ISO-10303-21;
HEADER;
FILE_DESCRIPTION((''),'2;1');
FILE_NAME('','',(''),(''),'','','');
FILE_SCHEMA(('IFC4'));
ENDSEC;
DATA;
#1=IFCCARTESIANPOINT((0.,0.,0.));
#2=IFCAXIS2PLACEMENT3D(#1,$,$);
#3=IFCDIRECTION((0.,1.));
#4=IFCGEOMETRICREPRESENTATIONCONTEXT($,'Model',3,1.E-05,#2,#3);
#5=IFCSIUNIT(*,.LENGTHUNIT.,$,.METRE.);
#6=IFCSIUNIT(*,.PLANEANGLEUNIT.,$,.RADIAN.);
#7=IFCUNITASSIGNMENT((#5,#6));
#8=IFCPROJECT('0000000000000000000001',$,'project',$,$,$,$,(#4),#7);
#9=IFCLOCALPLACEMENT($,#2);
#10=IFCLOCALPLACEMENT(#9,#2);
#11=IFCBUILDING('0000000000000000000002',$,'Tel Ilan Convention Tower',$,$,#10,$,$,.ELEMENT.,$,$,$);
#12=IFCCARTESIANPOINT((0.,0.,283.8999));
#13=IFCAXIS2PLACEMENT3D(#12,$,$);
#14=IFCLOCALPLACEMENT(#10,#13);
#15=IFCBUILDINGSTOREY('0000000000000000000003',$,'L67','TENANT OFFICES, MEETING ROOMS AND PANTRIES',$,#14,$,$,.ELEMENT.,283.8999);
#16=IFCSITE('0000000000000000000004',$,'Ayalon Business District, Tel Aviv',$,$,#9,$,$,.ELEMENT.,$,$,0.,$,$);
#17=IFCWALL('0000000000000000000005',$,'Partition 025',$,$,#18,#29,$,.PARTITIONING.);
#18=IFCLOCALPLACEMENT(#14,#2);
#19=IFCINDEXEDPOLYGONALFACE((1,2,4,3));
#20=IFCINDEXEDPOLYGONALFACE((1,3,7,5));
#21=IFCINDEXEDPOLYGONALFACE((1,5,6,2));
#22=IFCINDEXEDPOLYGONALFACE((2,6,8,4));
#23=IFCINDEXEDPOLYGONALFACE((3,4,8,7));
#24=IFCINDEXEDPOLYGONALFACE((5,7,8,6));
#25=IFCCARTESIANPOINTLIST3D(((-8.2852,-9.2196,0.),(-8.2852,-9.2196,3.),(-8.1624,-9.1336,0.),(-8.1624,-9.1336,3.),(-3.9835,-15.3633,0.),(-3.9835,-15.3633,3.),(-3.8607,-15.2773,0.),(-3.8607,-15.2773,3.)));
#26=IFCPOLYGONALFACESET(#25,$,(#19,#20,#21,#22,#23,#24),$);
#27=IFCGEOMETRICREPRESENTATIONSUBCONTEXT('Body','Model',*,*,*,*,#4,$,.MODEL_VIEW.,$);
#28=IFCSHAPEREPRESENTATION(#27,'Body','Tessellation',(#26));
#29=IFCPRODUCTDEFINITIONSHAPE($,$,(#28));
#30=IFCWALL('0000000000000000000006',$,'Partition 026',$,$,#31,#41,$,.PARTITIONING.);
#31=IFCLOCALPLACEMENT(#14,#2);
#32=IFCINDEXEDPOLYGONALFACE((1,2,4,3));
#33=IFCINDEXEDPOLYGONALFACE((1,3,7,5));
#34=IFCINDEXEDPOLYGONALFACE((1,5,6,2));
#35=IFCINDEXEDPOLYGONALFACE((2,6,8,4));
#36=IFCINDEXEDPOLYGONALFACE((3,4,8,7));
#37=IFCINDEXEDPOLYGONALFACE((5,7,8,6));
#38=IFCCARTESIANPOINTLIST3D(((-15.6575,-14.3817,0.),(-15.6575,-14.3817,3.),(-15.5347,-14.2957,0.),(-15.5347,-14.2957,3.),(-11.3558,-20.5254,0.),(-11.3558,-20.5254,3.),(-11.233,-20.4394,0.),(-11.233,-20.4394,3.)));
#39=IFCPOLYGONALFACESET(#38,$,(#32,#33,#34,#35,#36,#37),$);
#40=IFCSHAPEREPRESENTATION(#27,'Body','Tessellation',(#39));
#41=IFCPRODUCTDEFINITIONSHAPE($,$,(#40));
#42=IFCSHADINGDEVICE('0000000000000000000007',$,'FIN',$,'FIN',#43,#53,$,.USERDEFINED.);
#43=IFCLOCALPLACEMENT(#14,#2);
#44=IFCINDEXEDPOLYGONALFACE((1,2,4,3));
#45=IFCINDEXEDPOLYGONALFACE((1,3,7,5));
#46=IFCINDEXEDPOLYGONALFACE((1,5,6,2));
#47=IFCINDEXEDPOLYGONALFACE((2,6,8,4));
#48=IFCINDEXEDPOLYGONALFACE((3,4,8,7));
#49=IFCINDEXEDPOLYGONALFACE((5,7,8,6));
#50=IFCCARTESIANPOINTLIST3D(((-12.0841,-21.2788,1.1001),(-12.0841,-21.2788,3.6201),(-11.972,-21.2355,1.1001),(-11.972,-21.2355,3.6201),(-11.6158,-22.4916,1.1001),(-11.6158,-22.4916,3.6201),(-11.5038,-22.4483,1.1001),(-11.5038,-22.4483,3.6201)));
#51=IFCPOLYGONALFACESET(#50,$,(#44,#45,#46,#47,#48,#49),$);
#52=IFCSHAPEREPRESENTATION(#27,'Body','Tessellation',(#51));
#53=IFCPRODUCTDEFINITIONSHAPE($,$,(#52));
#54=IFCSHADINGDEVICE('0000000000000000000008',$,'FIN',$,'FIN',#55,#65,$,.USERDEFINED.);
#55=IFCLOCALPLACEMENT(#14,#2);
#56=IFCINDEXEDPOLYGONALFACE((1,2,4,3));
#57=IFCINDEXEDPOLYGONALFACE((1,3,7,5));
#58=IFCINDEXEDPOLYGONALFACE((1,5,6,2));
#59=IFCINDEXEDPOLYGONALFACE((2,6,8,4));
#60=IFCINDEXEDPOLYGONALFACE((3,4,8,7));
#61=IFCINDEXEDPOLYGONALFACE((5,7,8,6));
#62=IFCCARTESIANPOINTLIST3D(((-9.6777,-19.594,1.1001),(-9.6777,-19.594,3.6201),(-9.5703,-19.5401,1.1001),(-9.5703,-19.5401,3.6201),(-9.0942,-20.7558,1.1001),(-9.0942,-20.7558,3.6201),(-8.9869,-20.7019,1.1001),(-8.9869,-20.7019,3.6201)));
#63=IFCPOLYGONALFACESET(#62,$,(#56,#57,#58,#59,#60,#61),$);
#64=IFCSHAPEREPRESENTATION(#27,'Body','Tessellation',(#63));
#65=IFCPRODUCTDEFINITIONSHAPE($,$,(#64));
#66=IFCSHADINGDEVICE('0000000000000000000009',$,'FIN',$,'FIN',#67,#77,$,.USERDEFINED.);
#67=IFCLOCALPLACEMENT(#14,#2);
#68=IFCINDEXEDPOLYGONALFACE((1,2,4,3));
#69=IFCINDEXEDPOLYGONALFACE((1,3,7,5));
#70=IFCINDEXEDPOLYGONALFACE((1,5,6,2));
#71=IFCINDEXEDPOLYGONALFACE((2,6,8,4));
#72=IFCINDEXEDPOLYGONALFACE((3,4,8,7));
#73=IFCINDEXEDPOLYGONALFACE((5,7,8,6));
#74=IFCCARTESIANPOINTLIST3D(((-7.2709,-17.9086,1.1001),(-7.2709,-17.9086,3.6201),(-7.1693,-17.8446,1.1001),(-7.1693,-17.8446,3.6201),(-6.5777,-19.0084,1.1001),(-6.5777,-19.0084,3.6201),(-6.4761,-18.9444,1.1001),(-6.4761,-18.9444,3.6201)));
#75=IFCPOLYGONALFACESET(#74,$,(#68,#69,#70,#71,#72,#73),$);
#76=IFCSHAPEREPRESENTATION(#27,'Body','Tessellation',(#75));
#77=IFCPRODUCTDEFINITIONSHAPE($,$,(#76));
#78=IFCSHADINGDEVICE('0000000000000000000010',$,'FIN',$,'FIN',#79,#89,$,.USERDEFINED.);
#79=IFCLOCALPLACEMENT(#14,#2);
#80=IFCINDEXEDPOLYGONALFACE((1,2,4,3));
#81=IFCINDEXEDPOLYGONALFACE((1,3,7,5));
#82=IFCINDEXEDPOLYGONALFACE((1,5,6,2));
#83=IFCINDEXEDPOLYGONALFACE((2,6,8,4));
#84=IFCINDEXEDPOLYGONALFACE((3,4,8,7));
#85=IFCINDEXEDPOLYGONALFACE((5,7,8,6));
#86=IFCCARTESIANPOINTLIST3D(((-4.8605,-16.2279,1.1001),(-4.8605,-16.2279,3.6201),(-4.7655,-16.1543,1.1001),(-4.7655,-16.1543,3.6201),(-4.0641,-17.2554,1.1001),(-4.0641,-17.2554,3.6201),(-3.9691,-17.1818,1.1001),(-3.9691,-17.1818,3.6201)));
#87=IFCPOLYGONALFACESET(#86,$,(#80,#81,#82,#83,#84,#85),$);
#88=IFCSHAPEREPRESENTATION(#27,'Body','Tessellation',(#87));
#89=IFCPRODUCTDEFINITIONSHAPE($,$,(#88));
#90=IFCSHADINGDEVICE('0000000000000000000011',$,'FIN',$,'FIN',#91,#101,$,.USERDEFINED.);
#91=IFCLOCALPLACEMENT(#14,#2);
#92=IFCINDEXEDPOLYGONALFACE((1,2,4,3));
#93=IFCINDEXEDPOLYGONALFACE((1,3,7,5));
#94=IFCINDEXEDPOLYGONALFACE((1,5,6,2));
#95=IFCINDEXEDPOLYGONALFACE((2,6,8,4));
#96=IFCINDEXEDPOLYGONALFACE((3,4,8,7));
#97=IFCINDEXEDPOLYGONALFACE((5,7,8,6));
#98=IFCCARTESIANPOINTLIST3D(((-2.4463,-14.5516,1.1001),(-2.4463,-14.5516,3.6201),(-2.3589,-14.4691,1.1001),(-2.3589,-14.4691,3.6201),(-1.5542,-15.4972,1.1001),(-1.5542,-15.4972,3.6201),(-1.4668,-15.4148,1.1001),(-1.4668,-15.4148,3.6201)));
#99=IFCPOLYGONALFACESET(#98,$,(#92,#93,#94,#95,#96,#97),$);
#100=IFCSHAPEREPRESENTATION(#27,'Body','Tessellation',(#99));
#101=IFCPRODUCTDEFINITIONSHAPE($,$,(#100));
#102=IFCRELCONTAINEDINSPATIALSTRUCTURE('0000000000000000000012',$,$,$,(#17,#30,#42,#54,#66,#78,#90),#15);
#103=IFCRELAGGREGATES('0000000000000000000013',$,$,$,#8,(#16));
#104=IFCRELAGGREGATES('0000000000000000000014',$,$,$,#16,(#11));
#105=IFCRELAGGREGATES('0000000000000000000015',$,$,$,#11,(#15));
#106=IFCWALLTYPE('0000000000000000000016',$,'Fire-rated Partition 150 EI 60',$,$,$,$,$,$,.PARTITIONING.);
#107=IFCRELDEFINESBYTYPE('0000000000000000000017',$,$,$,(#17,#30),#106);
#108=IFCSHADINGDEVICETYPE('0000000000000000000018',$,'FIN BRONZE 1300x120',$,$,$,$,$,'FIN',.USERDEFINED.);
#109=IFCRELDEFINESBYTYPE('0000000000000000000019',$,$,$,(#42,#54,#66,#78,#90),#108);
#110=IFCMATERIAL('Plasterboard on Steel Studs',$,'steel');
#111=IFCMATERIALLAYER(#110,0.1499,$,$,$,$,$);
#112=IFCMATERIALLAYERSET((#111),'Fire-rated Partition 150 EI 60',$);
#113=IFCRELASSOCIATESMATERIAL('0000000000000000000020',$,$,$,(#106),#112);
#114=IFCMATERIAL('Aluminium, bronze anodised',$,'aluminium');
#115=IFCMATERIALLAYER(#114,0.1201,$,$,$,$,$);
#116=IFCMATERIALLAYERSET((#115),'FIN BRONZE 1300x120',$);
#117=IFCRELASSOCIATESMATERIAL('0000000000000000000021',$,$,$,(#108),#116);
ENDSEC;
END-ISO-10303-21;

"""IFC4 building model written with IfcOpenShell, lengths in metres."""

from ifc_helpers import new_model, si_unit, direction, frame, frame_2d, origin, origin_2d, place, context, subcontext, project, spatial, rectangle, extrude, material, layer, layer_set, type_object, element, save


model = new_model("IFC4")

# Units and contexts
model_context = context("Model", 3, precision=1e-05, world=origin(), true_north=direction((0.0, 1.0)))
body_context = subcontext(model_context, "Body", "Model", "MODEL_VIEW")
ifc_project = project(units=[si_unit("LENGTHUNIT", "METRE"), si_unit("PLANEANGLEUNIT", "RADIAN")], contexts=[model_context])

# Site, building, storey
site_placement = place(None, origin())
site = spatial("IfcSite", under=ifc_project, at=site_placement, Name="Ayalon Business District, Tel Aviv", CompositionType="ELEMENT", RefElevation=0.0)
building_placement = place(site_placement, origin())
building = spatial("IfcBuilding", under=site, at=building_placement, Name="Tel Ilan Convention Tower", CompositionType="ELEMENT")
storey_placement = place(building_placement, frame((0.0, 0.0, 283.8999)))
storey = spatial("IfcBuildingStorey", under=building, at=storey_placement, Name="L67", Description="TENANT OFFICES, MEETING ROOMS AND PANTRIES", CompositionType="ELEMENT", Elevation=283.8999)

# Walls
ifc_material_1 = material(Name="Plasterboard on Steel Studs", Category="steel")
ifc_layer_1 = layer(ifc_material_1, 0.1499)
ifc_layer_set_1 = layer_set([ifc_layer_1], Name="Fire-rated Partition 150 EI 60")
wall_type = type_object("IfcWallType", Name="Fire-rated Partition 150 EI 60", PredefinedType="PARTITIONING", material=ifc_layer_set_1)
for number, where, z_axis, x_axis, name in (
    (1, (-3.9221, -15.3203, 0.0), (0.0, 0.0, 1.0), (-0.573561, 0.819163, 0.0), "Partition 025"),
    (2, (-11.2944, -20.4824, 0.0), (0.0, 0.0, 1.0), (-0.573561, 0.819163, 0.0), "Partition 026"),
):
    element("IfcWall", number, at=place(storey_placement, frame(where, z_axis=z_axis, x_axis=x_axis)), inside=storey, type_object=wall_type, Name=name, PredefinedType="PARTITIONING", context=body_context, shape_type="SweptSolid", body=[
        extrude(rectangle(XDim=7.5, YDim=0.1499, at=frame_2d((3.75, 0.0))), origin(), (0.0, 0.0, 1.0), 3.0),
    ])

# Shading devices
ifc_material_2 = material(Name="Aluminium, bronze anodised", Category="aluminium")
ifc_layer_2 = layer(ifc_material_2, 0.1201)
ifc_layer_set_2 = layer_set([ifc_layer_2], Name="FIN BRONZE 1300x120")
shading_device_type = type_object("IfcShadingDeviceType", Name="FIN BRONZE 1300x120", ElementType="FIN", PredefinedType="USERDEFINED", material=ifc_layer_set_2)
for number, where, z_axis, x_axis, name in (
    (3, (-11.7939, -21.8635, 1.1001), (0.0, 0.0, 1.0), (0.360178, -0.932884, 0.0), "FIN"),
    (4, (-9.3323, -20.1479, 1.1001), (0.0, 0.0, 1.0), (0.448799, -0.893633, 0.0), "FIN"),
    (5, (-6.8735, -18.4265, 1.1001), (0.0, 0.0, 1.0), (0.533204, -0.845986, 0.0), "FIN"),
    (6, (-4.4148, -16.7048, 1.1001), (0.0, 0.0, 1.0), (0.612601, -0.790393, 0.0), "FIN"),
    (7, (-1.9565, -14.9832, 1.1001), (0.0, 0.0, 1.0), (0.686242, -0.727374, 0.0), "FIN"),
):
    element("IfcShadingDevice", number, at=place(storey_placement, frame(where, z_axis=z_axis, x_axis=x_axis)), inside=storey, type_object=shading_device_type, Name=name, ObjectType="FIN", PredefinedType="USERDEFINED", context=body_context, shape_type="SweptSolid", body=[
        extrude(rectangle(XDim=1.3, YDim=0.1201, at=origin_2d()), origin(), (0.0, 0.0, 1.0), 2.52),
    ])

save(model, "model.ifc")
